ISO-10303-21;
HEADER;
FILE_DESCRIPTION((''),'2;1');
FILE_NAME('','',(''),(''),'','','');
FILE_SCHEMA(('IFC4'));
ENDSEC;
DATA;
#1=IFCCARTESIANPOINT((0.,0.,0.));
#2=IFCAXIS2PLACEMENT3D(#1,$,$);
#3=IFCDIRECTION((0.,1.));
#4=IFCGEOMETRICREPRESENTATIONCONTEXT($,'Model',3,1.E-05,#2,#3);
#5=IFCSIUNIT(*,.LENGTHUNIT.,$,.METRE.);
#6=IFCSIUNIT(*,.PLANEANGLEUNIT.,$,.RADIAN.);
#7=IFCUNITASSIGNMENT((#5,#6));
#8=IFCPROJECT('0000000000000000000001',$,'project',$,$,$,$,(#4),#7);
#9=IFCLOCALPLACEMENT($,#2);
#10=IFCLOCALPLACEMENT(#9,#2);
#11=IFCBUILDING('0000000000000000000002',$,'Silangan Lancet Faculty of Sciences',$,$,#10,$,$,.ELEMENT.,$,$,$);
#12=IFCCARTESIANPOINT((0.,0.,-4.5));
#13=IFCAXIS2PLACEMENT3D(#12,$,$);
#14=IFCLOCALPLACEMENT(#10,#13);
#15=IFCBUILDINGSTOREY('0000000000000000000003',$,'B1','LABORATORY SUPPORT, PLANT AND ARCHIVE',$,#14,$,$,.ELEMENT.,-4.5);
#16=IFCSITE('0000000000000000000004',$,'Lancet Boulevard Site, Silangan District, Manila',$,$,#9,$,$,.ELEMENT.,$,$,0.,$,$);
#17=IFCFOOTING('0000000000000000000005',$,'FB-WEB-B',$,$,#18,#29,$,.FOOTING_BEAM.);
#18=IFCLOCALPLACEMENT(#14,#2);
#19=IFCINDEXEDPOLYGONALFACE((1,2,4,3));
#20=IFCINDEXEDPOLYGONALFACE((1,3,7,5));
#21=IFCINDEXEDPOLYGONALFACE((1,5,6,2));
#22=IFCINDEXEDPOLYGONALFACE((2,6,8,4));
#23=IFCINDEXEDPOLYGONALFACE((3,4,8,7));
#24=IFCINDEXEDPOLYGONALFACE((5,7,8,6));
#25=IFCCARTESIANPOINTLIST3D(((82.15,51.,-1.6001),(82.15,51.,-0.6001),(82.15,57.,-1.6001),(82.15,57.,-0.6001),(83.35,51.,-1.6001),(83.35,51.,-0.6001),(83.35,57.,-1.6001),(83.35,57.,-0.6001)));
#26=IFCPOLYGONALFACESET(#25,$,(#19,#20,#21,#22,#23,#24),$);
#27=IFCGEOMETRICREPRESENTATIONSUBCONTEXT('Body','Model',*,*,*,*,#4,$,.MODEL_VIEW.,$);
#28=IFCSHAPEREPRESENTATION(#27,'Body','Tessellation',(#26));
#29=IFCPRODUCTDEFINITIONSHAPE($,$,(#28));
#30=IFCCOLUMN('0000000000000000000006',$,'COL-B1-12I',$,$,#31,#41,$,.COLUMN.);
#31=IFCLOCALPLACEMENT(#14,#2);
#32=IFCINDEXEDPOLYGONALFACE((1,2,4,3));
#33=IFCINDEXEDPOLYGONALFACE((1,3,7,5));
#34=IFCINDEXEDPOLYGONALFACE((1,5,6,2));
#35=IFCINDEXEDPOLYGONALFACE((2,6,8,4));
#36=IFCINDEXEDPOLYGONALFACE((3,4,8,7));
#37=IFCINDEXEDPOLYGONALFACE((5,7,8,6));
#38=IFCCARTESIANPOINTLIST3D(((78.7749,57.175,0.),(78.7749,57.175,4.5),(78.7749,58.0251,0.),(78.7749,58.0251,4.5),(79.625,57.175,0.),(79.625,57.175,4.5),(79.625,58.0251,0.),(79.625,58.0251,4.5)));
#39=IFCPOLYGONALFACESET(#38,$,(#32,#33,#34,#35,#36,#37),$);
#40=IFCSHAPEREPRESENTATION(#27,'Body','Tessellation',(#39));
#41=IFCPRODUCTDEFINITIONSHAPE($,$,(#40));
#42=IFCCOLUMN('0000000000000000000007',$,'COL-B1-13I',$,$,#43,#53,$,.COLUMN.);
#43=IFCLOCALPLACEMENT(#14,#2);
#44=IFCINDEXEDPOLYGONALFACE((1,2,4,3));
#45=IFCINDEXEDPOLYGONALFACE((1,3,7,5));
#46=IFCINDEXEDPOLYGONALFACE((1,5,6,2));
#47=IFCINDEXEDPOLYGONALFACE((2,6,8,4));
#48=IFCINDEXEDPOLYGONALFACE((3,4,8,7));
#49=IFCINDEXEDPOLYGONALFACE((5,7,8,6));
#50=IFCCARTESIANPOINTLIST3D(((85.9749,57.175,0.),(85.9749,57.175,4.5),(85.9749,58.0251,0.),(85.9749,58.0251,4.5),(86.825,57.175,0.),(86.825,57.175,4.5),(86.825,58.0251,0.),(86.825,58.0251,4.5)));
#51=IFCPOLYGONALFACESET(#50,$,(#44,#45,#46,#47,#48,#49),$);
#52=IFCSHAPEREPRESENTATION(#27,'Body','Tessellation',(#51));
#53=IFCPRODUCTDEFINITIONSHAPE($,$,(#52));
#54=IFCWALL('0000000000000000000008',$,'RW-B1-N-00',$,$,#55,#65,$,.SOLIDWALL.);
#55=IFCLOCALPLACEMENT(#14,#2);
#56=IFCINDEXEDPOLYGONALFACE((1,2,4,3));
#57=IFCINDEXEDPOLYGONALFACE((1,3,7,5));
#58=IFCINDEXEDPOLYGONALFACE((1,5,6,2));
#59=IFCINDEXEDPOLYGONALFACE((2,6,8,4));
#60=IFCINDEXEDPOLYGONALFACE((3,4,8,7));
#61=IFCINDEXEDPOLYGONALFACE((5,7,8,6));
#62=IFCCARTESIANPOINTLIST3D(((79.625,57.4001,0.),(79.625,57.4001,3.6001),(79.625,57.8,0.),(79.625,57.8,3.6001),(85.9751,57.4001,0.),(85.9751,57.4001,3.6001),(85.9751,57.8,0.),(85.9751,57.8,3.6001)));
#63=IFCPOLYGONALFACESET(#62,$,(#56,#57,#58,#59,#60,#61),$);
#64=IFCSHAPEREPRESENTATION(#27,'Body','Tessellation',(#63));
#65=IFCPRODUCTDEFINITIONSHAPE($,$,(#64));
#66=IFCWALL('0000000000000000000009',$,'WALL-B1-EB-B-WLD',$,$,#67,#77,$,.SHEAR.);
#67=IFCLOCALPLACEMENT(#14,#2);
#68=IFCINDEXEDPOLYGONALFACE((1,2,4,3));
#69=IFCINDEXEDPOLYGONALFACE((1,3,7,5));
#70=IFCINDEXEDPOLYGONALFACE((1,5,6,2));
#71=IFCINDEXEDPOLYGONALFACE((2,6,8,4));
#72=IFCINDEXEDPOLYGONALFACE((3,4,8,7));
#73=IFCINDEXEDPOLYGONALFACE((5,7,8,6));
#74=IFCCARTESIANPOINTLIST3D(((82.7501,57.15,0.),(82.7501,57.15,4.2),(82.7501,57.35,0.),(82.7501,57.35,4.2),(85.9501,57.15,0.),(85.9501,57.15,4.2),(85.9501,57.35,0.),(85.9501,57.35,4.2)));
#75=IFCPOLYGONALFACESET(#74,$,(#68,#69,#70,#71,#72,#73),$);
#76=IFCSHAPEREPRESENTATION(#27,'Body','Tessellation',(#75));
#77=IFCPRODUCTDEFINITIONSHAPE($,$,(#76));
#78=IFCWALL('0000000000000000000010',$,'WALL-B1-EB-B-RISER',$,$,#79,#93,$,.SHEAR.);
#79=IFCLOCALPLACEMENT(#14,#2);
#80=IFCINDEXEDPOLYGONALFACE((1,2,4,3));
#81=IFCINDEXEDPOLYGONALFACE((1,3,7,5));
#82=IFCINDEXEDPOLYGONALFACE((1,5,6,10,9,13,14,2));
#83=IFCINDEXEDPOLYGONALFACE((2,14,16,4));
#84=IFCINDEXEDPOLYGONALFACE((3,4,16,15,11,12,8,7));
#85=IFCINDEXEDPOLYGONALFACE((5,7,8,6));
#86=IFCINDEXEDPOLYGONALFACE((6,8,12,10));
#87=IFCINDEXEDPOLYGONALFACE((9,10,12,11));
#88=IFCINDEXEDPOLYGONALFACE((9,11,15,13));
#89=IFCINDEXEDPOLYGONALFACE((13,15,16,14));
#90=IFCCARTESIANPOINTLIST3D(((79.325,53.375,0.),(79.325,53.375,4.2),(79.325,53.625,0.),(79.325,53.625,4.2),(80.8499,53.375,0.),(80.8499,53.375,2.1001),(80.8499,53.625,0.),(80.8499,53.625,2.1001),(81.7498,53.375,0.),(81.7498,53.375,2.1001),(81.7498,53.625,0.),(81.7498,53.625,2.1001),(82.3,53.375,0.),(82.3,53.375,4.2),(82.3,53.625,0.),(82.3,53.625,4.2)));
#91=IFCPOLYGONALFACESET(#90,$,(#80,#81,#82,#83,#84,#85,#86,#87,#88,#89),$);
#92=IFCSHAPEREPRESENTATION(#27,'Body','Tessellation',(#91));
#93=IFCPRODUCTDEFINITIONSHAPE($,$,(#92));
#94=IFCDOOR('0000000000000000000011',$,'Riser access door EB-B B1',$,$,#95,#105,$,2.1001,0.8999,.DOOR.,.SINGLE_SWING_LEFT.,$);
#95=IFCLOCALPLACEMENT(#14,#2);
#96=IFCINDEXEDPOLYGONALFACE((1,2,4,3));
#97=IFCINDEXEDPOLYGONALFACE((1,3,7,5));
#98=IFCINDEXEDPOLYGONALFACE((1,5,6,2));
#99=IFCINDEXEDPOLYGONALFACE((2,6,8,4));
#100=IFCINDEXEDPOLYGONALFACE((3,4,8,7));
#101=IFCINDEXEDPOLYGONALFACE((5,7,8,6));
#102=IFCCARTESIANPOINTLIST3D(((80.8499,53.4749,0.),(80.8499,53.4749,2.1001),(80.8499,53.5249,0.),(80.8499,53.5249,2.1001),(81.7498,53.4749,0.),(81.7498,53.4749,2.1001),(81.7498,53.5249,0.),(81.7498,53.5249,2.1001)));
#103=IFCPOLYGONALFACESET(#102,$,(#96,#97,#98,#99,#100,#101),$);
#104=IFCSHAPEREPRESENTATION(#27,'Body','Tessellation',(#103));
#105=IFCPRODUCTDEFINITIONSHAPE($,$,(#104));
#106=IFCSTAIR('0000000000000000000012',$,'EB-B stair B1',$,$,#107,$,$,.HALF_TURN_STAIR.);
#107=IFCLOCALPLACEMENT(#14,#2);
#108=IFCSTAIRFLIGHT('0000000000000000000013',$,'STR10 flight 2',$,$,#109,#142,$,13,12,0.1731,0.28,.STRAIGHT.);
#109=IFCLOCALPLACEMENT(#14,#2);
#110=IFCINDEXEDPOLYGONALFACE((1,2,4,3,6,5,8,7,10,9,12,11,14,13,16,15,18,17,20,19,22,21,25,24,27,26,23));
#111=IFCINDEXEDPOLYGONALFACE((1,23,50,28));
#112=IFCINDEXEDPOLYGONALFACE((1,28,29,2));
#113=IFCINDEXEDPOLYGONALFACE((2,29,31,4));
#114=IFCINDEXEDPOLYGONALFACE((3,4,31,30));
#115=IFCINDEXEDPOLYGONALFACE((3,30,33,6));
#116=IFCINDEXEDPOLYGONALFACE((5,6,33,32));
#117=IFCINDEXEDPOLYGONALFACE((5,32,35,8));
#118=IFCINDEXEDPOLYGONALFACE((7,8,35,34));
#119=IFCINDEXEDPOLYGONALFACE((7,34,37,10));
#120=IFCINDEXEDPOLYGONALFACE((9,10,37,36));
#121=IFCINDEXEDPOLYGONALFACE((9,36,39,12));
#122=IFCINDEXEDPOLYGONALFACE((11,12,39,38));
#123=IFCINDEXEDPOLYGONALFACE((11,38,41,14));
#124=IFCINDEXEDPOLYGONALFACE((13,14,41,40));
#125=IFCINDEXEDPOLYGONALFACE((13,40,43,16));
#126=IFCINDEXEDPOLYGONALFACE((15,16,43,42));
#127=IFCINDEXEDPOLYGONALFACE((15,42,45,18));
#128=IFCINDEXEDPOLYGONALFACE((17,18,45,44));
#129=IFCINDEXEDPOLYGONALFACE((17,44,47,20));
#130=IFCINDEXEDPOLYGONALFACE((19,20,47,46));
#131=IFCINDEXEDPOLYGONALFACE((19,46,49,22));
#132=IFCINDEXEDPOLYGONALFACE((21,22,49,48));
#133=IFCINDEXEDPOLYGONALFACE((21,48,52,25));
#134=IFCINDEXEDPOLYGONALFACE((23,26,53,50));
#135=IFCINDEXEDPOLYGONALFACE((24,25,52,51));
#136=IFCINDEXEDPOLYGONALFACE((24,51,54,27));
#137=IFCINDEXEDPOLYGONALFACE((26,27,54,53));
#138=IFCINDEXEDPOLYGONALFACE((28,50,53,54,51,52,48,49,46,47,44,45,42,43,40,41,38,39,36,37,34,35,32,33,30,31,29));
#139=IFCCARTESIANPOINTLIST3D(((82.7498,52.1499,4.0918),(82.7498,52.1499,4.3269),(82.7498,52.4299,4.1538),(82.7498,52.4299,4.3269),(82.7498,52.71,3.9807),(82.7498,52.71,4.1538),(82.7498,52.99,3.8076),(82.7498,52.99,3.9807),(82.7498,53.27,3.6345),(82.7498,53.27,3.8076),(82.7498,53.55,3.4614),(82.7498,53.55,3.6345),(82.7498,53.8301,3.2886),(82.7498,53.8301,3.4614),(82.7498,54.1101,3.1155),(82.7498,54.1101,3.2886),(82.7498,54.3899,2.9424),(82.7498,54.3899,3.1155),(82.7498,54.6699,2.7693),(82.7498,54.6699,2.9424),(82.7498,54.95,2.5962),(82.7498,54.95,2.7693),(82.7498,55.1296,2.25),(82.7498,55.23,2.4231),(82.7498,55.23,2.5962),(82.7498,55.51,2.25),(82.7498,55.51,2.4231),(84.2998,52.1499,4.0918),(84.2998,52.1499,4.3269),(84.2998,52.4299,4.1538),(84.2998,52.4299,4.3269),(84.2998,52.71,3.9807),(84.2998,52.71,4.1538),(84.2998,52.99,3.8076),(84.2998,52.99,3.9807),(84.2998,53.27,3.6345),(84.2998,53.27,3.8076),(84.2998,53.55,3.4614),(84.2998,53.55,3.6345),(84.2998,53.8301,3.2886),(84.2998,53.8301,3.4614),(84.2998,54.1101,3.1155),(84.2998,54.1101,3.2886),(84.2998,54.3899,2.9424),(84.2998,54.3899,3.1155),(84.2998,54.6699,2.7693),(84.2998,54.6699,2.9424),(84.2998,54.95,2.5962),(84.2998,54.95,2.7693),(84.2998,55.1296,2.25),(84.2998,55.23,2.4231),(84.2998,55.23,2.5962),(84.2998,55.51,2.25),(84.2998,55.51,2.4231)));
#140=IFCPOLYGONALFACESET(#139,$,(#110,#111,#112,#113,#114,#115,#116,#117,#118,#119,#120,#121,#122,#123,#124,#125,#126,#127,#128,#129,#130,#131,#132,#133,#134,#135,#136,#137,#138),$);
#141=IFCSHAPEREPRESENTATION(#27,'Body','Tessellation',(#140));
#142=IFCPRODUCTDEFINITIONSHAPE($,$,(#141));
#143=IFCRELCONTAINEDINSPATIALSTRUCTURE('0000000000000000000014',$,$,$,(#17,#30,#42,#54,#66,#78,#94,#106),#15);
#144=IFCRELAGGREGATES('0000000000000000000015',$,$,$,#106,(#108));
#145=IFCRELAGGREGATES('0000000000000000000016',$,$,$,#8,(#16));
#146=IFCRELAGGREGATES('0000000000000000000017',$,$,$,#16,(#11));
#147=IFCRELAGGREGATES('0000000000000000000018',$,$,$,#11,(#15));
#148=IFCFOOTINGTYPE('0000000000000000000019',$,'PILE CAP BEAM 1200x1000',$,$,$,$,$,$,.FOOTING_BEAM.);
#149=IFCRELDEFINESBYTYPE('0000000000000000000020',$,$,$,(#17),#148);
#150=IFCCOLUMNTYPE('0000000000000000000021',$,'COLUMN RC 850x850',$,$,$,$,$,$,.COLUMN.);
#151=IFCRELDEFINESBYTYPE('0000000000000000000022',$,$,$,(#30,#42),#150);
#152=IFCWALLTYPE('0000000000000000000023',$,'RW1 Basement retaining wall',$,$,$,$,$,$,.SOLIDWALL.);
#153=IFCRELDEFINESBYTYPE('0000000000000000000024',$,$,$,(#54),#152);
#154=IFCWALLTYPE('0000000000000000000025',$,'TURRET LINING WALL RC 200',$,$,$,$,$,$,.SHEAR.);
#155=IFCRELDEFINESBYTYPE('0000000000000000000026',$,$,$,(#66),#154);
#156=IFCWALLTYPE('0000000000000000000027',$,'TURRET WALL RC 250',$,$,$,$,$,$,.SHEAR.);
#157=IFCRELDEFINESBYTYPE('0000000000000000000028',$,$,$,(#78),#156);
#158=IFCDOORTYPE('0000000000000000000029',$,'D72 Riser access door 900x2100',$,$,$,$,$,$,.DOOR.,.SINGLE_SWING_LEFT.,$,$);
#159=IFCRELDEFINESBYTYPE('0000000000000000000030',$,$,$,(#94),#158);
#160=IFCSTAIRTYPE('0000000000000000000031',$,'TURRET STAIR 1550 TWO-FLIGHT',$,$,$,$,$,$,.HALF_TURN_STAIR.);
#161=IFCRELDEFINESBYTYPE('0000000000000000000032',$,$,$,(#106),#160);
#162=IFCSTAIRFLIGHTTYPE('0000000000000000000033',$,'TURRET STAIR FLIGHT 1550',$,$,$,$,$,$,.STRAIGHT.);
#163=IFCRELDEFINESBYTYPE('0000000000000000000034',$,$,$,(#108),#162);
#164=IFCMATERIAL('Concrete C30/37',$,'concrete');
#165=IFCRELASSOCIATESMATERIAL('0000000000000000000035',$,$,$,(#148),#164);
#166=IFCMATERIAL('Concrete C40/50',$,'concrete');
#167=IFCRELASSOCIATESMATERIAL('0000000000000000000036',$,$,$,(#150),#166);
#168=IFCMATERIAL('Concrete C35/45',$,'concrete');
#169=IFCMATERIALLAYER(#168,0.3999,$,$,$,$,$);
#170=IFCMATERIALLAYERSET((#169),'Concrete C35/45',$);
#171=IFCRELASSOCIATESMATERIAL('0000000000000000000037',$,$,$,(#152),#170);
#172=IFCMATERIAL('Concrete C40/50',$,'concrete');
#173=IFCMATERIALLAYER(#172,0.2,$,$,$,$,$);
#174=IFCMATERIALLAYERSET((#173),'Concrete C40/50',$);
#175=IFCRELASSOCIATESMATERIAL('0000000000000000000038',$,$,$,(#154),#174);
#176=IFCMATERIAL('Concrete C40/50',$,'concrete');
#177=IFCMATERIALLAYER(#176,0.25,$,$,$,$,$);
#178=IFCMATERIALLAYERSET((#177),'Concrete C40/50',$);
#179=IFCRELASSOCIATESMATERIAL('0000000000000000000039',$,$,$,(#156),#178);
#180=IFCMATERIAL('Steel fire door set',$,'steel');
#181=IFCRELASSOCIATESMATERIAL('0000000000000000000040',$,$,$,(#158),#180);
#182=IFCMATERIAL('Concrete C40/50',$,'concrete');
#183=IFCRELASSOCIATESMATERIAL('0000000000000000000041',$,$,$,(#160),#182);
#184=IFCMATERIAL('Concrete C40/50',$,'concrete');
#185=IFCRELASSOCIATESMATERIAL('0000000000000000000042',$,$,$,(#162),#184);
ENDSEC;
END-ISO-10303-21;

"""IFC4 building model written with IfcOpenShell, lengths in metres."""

from ifc_helpers import new_model, si_unit, direction, frame, frame_2d, origin, origin_2d, place, context, subcontext, project, spatial, polyline, rectangle, outline, extrude, material, layer, layer_set, material_profile, profile_set, type_object, element, fill, aggregate, save


model = new_model("IFC4")

# Units and contexts
model_context = context("Model", 3, precision=1e-05, world=origin(), true_north=direction((0.0, 1.0)))
body_context = subcontext(model_context, "Body", "Model", "MODEL_VIEW")
ifc_project = project(units=[si_unit("LENGTHUNIT", "METRE"), si_unit("PLANEANGLEUNIT", "RADIAN")], contexts=[model_context])

# Site, building, storey
site_placement = place(None, origin())
site = spatial("IfcSite", under=ifc_project, at=site_placement, Name="Lancet Boulevard Site, Silangan District, Manila", CompositionType="ELEMENT", RefElevation=0.0)
building_placement = place(site_placement, origin())
building = spatial("IfcBuilding", under=site, at=building_placement, Name="Silangan Lancet Faculty of Sciences", CompositionType="ELEMENT")
storey_placement = place(building_placement, frame((0.0, 0.0, -4.5)))
storey = spatial("IfcBuildingStorey", under=building, at=storey_placement, Name="B1", Description="LABORATORY SUPPORT, PLANT AND ARCHIVE", CompositionType="ELEMENT", Elevation=-4.5)

# Footing
ifc_material_1 = material(Name="Concrete C30/37", Category="concrete")
footing_type_1 = type_object("IfcFootingType", Name="PILE CAP BEAM 1200x1000", PredefinedType="FOOTING_BEAM", material=ifc_material_1)
footing_placement = place(storey_placement, frame((82.75, 54.0, -1.6001), z_axis=(0.0, 0.0, 1.0), x_axis=(0.0, 1.0, 0.0)))
element("IfcFooting", 1, at=footing_placement, inside=storey, type_object=footing_type_1, Name="FB-WEB-B", PredefinedType="FOOTING_BEAM", context=body_context, shape_type="SweptSolid", body=[
    extrude(rectangle(XDim=6.0, YDim=1.2, at=origin_2d()), origin(), (0.0, 0.0, 1.0), 1.0),
])

# Columns
ifc_material_2 = material(Name="Concrete C40/50", Category="concrete")
ifc_material_profile_1 = material_profile(ifc_material_2, rectangle(XDim=0.8501, YDim=0.8501, at=origin_2d()), Name="RC 850x850")
ifc_profile_set_1 = profile_set([ifc_material_profile_1], Name="Concrete C40/50")
column_type = type_object("IfcColumnType", Name="COLUMN RC 850x850", PredefinedType="COLUMN", material=ifc_profile_set_1)
for number, where, z_axis, x_axis, name in (
    (2, (79.2, 57.6001, 0.0), (0.0, 0.0, 1.0), (1.0, 0.0, 0.0), "COL-B1-12I"),
    (3, (86.3999, 57.6001, 0.0), (0.0, 0.0, 1.0), (1.0, 0.0, 0.0), "COL-B1-13I"),
):
    element("IfcColumn", number, at=place(storey_placement, frame(where, z_axis=z_axis, x_axis=x_axis)), inside=storey, type_object=column_type, Name=name, PredefinedType="COLUMN", context=body_context, shape_type="SweptSolid", body=[
        extrude(rectangle(XDim=0.8501, YDim=0.8501, at=origin_2d()), origin(), (0.0, 0.0, 1.0), 4.5),
    ])

# Walls
ifc_material_3 = material(Name="Concrete C35/45", Category="concrete")
ifc_layer_1 = layer(ifc_material_3, 0.3999)
ifc_layer_set_1 = layer_set([ifc_layer_1], Name="Concrete C35/45")
wall_type_1 = type_object("IfcWallType", Name="RW1 Basement retaining wall", PredefinedType="SOLIDWALL", material=ifc_layer_set_1)
wall_1_placement = place(storey_placement, frame((85.9751, 57.6001, 0.0), z_axis=(0.0, 0.0, 1.0), x_axis=(-1.0, 0.0, 0.0)))
element("IfcWall", 4, at=wall_1_placement, inside=storey, type_object=wall_type_1, Name="RW-B1-N-00", PredefinedType="SOLIDWALL", context=body_context, shape_type="SweptSolid", body=[
    extrude(rectangle(XDim=6.3501, YDim=0.3999, at=frame_2d((3.175, 0.0))), origin(), (0.0, 0.0, 1.0), 3.6001),
])
ifc_material_4 = material(Name="Concrete C40/50", Category="concrete")
ifc_layer_2 = layer(ifc_material_4, 0.2)
ifc_layer_set_2 = layer_set([ifc_layer_2], Name="Concrete C40/50")
wall_type_2 = type_object("IfcWallType", Name="TURRET LINING WALL RC 200", PredefinedType="SHEAR", material=ifc_layer_set_2)
wall_2_placement = place(storey_placement, frame((82.75, 57.25, 0.0), z_axis=(0.0, 0.0, 1.0), x_axis=(1.0, 0.0, 0.0)))
element("IfcWall", 5, at=wall_2_placement, inside=storey, type_object=wall_type_2, Name="WALL-B1-EB-B-WLD", PredefinedType="SHEAR", context=body_context, shape_type="SweptSolid", body=[
    extrude(rectangle(XDim=3.2, YDim=0.2, at=frame_2d((1.6001, 0.0))), origin(), (0.0, 0.0, 1.0), 4.2),
])

# Wall, opening, door
ifc_material_5 = material(Name="Concrete C40/50", Category="concrete")
ifc_layer_3 = layer(ifc_material_5, 0.25)
ifc_layer_set_3 = layer_set([ifc_layer_3], Name="Concrete C40/50")
wall_type_3 = type_object("IfcWallType", Name="TURRET WALL RC 250", PredefinedType="SHEAR", material=ifc_layer_set_3)
wall_3_placement = place(storey_placement, frame((79.325, 53.5, 0.0), z_axis=(0.0, 0.0, 1.0), x_axis=(1.0, 0.0, 0.0)))
wall_3 = element("IfcWall", 6, at=wall_3_placement, inside=storey, type_object=wall_type_3, Name="WALL-B1-EB-B-RISER", PredefinedType="SHEAR", context=body_context, shape_type="SweptSolid", body=[
    extrude(rectangle(XDim=2.9751, YDim=0.25, at=frame_2d((1.4875, 0.0))), origin(), (0.0, 0.0, 1.0), 4.2),
])
opening_placement = place(wall_3_placement, frame((1.5249, 0.0, 0.0)))
opening = element("IfcOpeningElement", 7, at=opening_placement, cuts=wall_3, PredefinedType="OPENING", context=body_context, shape_type="SweptSolid", body=[
    extrude(rectangle(XDim=0.8999, YDim=2.1001, at=frame_2d((0.45, 1.05))), frame((0.0, 0.135, 0.0), z_axis=(0.0, -1.0, 0.0), x_axis=(1.0, 0.0, 0.0)), (0.0, 0.0, 1.0), 0.27),
])
ifc_material_6 = material(Name="Steel fire door set", Category="steel")
door_type = type_object("IfcDoorType", Name="D72 Riser access door 900x2100", OperationType="SINGLE_SWING_LEFT", PredefinedType="DOOR", material=ifc_material_6)
door_placement = place(opening_placement, origin())
door = element("IfcDoor", 8, at=door_placement, inside=storey, type_object=door_type, Name="Riser access door EB-B B1", OperationType="SINGLE_SWING_LEFT", OverallHeight=2.1001, OverallWidth=0.8999, PredefinedType="DOOR", context=body_context, shape_type="SweptSolid", body=[
    extrude(rectangle(XDim=0.8999, YDim=2.1001, at=frame_2d((0.45, 1.05))), frame((0.0, 0.0249, 0.0), z_axis=(0.0, -1.0, 0.0), x_axis=(1.0, 0.0, 0.0)), (0.0, 0.0, 1.0), 0.05),
])
fill(opening, door)

# Stair, stair flight
ifc_material_7 = material(Name="Concrete C40/50", Category="concrete")
stair_type = type_object("IfcStairType", Name="TURRET STAIR 1550 TWO-FLIGHT", PredefinedType="HALF_TURN_STAIR", material=ifc_material_7)
stair_placement = place(storey_placement, origin())
stair = element("IfcStair", 9, at=stair_placement, inside=storey, type_object=stair_type, Name="EB-B stair B1", PredefinedType="HALF_TURN_STAIR")
ifc_material_8 = material(Name="Concrete C40/50", Category="concrete")
stair_flight_type = type_object("IfcStairFlightType", Name="TURRET STAIR FLIGHT 1550", PredefinedType="STRAIGHT", material=ifc_material_8)
stair_flight_placement = place(storey_placement, frame((83.5249, 55.51, 2.25), z_axis=(0.0, 0.0, 1.0), x_axis=(0.0, -1.0, 0.0)))
stair_flight = element("IfcStairFlight", 10, at=stair_flight_placement, type_object=stair_flight_type, Name="STR10 flight 2", NumberOfRisers=13, NumberOfTreads=12, PredefinedType="STRAIGHT", RiserHeight=0.1731, TreadLength=0.28, context=body_context, shape_type="SweptSolid", body=[
    extrude(outline(polyline([(0.0, 0.0), (0.0, 0.1731), (0.28, 0.1731), (0.28, 0.3462), (0.5601, 0.3462), (0.5601, 0.5193), (0.8401, 0.5193), (0.8401, 0.6924), (1.1201, 0.6924), (1.1201, 0.8655), (1.3999, 0.8655), (1.3999, 1.0386), (1.6799, 1.0386), (1.6799, 1.2114), (1.96, 1.2114), (1.96, 1.3845), (2.24, 1.3845), (2.24, 1.5576), (2.52, 1.5576), (2.52, 1.7307), (2.8, 1.7307), (2.8, 1.9038), (3.0801, 1.9038), (3.0801, 2.0769), (3.3601, 2.0769), (3.3601, 2.25), (3.3601, 1.8418), (0.3804, 0.0), (0.0, 0.0)])), frame((0.0, 0.7749, 0.0), z_axis=(0.0, -1.0, 0.0), x_axis=(1.0, 0.0, 0.0)), (0.0, 0.0, 1.0), 1.55),
])
aggregate(stair, [stair_flight])

save(model, "model.ifc")
